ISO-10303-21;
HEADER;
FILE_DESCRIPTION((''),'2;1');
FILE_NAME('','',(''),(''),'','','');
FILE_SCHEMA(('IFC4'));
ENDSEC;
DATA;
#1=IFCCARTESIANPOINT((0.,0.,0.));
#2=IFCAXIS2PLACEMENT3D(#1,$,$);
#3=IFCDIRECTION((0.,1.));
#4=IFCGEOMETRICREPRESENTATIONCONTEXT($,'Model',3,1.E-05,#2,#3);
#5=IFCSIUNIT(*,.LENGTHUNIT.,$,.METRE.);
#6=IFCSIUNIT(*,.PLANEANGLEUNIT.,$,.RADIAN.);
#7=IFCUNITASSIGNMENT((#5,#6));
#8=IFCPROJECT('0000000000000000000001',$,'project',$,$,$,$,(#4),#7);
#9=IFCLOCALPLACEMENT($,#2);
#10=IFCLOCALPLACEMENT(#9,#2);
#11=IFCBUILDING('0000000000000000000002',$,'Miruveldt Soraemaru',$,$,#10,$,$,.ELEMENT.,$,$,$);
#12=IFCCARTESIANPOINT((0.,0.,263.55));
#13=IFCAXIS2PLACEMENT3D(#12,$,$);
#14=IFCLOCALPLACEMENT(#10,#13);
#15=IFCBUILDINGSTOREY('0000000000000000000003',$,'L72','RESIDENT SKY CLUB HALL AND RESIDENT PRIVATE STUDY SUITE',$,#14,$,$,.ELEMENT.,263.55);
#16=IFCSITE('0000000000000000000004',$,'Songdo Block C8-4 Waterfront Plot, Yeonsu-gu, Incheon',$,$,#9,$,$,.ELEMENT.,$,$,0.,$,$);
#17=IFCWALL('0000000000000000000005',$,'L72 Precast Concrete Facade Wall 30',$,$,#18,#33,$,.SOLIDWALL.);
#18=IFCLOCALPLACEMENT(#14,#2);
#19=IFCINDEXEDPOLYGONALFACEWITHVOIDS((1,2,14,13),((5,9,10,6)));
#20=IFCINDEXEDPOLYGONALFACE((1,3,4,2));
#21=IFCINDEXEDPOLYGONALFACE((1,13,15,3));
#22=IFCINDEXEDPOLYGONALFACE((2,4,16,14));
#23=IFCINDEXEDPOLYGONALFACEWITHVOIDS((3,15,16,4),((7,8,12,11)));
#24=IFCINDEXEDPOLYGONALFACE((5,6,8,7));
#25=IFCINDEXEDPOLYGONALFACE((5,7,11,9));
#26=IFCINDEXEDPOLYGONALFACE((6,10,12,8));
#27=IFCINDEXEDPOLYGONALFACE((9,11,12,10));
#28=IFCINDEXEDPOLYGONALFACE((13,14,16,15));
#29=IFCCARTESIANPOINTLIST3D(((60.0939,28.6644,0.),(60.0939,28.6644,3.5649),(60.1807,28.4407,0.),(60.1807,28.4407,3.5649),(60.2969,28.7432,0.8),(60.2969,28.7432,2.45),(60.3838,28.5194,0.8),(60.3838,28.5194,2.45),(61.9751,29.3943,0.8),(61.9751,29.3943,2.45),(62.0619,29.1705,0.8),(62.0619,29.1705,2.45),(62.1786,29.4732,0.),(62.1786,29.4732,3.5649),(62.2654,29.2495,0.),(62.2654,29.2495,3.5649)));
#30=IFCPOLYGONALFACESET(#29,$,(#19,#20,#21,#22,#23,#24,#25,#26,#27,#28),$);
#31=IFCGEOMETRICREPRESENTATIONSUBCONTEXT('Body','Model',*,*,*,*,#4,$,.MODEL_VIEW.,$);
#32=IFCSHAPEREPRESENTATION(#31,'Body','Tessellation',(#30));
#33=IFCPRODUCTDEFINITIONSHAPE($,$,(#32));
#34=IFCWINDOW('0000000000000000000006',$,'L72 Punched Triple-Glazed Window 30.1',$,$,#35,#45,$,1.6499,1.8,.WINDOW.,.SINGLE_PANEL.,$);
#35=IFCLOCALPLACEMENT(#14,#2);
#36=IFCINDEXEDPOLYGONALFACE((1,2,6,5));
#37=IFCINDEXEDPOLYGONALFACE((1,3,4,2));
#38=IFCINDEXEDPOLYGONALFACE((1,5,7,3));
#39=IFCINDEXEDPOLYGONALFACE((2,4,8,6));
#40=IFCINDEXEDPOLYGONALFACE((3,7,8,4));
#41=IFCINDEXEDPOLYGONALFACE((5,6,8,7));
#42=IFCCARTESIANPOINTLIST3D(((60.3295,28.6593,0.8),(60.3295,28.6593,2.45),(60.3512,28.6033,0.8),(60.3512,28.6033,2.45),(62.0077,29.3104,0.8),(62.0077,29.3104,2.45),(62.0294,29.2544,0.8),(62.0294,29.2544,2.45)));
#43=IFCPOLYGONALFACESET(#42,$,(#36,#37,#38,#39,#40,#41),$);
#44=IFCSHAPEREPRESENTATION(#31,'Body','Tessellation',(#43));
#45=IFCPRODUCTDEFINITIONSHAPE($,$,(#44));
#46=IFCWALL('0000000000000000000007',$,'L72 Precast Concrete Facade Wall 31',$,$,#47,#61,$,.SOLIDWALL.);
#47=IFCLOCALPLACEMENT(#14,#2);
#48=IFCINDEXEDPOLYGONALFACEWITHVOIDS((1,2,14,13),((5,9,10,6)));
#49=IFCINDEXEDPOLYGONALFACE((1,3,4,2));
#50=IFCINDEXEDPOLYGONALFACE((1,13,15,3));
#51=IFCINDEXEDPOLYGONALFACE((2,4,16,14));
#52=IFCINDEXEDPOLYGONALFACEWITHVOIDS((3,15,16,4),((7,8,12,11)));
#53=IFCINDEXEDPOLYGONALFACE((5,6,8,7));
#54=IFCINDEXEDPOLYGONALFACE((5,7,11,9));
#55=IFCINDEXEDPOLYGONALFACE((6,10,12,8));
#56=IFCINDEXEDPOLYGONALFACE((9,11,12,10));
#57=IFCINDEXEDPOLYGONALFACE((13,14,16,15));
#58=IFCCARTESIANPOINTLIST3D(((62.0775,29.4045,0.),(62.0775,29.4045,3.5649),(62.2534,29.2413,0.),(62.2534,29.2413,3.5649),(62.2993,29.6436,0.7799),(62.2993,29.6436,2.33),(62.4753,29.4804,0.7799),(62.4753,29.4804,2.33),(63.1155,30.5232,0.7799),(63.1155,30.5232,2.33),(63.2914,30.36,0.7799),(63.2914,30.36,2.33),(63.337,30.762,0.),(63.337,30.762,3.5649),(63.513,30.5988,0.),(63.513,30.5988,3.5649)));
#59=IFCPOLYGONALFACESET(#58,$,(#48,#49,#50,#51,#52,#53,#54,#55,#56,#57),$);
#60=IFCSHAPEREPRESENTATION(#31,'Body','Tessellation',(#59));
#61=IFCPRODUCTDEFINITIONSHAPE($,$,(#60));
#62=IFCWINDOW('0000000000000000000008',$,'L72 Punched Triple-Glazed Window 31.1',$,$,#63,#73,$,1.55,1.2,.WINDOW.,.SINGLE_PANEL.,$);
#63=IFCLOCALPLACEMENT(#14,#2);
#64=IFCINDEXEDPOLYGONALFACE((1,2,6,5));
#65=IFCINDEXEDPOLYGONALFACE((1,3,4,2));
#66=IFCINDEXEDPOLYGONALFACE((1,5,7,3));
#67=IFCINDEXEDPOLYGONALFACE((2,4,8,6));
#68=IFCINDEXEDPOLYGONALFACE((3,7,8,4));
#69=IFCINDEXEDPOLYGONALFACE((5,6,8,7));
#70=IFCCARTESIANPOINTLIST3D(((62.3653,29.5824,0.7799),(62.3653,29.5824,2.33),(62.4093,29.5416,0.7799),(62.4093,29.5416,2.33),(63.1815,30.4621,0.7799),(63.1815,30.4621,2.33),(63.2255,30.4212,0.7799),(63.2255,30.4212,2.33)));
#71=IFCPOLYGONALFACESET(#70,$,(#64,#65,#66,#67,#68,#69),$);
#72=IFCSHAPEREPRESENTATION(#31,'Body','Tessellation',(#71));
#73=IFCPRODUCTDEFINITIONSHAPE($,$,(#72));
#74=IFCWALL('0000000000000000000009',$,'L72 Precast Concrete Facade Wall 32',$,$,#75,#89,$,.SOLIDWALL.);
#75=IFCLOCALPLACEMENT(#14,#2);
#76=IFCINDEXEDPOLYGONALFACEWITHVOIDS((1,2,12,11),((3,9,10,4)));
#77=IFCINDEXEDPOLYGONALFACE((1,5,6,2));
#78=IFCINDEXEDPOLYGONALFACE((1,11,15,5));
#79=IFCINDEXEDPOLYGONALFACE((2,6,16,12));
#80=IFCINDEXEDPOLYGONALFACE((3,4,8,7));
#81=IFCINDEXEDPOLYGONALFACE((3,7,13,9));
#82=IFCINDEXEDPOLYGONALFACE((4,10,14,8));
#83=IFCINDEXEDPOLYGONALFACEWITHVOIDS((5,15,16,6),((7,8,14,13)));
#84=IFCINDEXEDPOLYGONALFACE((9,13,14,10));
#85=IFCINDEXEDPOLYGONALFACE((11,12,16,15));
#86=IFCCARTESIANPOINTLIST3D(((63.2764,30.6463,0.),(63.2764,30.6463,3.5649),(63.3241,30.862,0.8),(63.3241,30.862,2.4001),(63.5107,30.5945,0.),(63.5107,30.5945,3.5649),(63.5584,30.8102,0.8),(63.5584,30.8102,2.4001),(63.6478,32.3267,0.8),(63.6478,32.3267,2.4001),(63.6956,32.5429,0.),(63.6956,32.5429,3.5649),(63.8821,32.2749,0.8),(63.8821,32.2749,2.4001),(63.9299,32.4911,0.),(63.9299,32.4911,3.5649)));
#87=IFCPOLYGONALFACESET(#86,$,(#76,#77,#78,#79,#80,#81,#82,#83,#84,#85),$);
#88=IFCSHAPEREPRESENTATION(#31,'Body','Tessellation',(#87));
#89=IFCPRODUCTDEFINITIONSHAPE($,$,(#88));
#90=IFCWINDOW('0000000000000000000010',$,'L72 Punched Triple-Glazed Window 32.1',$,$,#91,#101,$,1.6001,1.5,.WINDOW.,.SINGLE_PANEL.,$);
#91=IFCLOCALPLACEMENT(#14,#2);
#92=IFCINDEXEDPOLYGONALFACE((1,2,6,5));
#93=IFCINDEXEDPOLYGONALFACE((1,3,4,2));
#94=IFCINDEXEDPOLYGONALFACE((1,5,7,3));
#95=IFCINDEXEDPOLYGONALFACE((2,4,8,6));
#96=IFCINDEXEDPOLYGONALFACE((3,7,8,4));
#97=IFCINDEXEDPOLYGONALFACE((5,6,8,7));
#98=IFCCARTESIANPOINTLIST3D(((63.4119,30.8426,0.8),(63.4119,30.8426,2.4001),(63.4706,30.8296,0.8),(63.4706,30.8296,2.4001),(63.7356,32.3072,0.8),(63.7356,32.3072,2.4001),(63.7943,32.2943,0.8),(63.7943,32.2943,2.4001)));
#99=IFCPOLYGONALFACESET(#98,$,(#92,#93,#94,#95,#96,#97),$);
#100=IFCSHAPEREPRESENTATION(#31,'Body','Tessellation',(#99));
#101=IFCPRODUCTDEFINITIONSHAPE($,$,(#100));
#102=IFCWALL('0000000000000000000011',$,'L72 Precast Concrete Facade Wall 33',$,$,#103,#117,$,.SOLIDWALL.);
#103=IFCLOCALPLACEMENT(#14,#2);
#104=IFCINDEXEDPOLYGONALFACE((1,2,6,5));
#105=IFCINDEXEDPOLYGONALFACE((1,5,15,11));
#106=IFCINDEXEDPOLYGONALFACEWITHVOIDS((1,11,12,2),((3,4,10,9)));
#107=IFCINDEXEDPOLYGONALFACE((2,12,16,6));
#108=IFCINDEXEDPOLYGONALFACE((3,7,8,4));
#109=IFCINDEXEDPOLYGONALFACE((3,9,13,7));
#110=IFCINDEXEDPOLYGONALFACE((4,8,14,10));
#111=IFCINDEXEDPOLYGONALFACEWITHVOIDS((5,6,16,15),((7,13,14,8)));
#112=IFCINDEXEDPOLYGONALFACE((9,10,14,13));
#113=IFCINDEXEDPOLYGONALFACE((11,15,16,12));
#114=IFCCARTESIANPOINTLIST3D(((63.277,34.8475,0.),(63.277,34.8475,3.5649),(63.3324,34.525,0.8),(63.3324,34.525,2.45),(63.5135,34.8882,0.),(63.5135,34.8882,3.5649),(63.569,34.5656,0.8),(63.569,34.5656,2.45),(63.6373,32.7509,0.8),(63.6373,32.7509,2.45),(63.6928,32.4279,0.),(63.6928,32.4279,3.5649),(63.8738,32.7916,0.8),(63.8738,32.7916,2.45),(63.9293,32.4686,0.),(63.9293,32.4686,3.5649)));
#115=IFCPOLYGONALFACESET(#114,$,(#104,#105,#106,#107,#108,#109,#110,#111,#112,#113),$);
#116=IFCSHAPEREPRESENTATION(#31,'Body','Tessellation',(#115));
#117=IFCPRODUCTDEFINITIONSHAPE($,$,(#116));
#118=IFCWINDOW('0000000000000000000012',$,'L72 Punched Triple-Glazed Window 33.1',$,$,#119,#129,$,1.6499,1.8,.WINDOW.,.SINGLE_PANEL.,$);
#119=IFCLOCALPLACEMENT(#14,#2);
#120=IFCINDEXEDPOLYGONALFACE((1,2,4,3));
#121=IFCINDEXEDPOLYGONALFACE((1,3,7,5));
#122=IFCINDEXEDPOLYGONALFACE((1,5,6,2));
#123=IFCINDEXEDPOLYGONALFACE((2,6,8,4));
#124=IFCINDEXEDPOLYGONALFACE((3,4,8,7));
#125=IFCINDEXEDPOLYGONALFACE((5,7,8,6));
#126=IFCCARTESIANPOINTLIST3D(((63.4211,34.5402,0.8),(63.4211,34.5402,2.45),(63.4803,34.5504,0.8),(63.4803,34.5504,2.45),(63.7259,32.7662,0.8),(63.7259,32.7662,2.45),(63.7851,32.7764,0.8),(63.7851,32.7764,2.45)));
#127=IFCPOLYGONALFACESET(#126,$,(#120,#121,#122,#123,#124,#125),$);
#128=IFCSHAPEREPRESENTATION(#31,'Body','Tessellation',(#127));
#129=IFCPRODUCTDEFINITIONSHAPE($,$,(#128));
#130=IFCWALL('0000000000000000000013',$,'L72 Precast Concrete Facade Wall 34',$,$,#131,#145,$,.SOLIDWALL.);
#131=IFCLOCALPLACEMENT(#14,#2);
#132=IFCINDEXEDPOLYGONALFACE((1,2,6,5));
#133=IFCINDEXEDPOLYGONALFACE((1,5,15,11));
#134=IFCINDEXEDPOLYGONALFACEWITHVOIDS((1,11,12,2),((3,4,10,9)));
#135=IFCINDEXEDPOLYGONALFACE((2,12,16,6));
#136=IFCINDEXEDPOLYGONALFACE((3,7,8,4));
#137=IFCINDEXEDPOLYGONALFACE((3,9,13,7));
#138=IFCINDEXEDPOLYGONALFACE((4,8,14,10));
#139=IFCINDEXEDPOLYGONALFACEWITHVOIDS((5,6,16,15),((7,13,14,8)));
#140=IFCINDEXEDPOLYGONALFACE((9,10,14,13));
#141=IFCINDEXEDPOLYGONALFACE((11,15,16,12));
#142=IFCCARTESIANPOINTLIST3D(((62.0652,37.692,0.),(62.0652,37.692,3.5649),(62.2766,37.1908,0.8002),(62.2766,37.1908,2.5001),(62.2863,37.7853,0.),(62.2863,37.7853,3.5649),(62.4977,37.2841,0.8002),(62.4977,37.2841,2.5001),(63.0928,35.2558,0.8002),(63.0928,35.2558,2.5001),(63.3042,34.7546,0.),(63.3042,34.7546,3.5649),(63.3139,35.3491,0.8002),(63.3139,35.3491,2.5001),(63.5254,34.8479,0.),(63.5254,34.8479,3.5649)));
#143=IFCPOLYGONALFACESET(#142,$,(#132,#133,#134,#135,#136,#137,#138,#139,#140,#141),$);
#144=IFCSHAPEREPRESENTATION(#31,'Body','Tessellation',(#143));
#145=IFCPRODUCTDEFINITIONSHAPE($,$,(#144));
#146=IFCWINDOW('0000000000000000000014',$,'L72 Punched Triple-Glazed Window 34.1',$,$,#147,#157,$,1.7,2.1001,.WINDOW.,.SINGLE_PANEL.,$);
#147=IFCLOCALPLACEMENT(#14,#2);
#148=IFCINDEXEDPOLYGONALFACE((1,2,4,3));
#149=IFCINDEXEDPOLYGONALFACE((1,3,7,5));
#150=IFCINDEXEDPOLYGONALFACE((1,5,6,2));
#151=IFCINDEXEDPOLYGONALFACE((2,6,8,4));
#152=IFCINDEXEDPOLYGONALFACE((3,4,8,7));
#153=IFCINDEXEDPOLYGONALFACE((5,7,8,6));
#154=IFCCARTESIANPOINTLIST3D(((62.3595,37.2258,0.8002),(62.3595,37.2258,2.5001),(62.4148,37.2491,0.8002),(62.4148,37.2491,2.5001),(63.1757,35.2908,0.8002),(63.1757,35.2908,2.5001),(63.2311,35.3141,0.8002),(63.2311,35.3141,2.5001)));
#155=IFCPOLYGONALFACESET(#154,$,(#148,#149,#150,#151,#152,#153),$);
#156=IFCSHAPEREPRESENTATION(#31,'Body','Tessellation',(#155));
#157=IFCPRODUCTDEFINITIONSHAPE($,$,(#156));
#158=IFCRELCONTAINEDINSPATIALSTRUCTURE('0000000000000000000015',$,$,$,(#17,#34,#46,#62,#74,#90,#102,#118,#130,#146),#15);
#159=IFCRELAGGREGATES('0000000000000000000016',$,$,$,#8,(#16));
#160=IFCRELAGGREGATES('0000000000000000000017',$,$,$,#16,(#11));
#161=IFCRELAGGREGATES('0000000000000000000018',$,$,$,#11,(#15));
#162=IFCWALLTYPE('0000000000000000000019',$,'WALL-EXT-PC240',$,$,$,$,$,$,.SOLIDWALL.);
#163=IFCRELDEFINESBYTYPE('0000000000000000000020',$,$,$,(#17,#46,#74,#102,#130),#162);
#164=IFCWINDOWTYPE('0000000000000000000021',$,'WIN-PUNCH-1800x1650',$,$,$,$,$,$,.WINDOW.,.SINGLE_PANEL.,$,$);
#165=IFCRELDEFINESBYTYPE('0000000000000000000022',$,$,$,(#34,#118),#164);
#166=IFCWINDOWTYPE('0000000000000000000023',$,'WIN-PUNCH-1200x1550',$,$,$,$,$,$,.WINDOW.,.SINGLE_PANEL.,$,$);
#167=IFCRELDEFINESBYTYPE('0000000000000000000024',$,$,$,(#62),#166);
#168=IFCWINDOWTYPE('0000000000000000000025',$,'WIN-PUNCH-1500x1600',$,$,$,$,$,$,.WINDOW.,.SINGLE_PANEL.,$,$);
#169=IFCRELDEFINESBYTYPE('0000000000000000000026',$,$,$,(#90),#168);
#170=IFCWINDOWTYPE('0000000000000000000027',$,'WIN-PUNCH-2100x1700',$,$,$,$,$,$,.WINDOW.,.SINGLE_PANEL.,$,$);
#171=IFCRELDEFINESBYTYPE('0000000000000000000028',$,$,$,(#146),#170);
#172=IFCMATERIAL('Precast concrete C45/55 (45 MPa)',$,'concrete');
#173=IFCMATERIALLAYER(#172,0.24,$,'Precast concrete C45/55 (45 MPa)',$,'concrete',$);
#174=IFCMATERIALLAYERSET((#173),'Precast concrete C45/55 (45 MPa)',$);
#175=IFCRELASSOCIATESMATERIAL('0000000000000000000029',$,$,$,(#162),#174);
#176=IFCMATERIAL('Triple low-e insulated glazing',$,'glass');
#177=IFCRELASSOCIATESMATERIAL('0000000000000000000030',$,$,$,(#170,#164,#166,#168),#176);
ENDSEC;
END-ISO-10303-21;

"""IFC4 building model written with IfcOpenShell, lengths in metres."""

from ifc_helpers import new_model, si_unit, direction, frame, frame_2d, origin, place, context, subcontext, project, spatial, rectangle, extrude, material, layer, layer_set, type_object, element, fill, save


model = new_model("IFC4")

# Units and contexts
model_context = context("Model", 3, precision=1e-05, world=origin(), true_north=direction((0.0, 1.0)))
body_context = subcontext(model_context, "Body", "Model", "MODEL_VIEW")
ifc_project = project(units=[si_unit("LENGTHUNIT", "METRE"), si_unit("PLANEANGLEUNIT", "RADIAN")], contexts=[model_context])

# Site, building, storey
site_placement = place(None, origin())
site = spatial("IfcSite", under=ifc_project, at=site_placement, Name="Songdo Block C8-4 Waterfront Plot, Yeonsu-gu, Incheon", CompositionType="ELEMENT", RefElevation=0.0)
building_placement = place(site_placement, origin())
building = spatial("IfcBuilding", under=site, at=building_placement, Name="Miruveldt Soraemaru", CompositionType="ELEMENT")
storey_placement = place(building_placement, frame((0.0, 0.0, 263.55)))
storey = spatial("IfcBuildingStorey", under=building, at=storey_placement, Name="L72", Description="RESIDENT SKY CLUB HALL AND RESIDENT PRIVATE STUDY SUITE", CompositionType="ELEMENT", Elevation=263.55)

# Walls, openings, windows
ifc_material_1 = material(Name="Precast concrete C45/55 (45 MPa)", Category="concrete")
ifc_layer_1 = layer(ifc_material_1, 0.24, Name="Precast concrete C45/55 (45 MPa)", Category="concrete")
ifc_layer_set_1 = layer_set([ifc_layer_1], Name="Precast concrete C45/55 (45 MPa)")
wall_type_1 = type_object("IfcWallType", Name="WALL-EXT-PC240", PredefinedType="SOLIDWALL", material=ifc_layer_set_1)
ifc_material_2 = material(Name="Triple low-e insulated glazing", Category="glass")
window_type_1 = type_object("IfcWindowType", Name="WIN-PUNCH-2100x1700", PartitioningType="SINGLE_PANEL", PredefinedType="WINDOW", material=ifc_material_2)
wall_1_placement = place(storey_placement, frame((60.1372, 28.5525, 0.0), z_axis=(0.0, 0.0, 1.0), x_axis=(0.932289, 0.361714, 0.0)))
wall_1 = element("IfcWall", 1, at=wall_1_placement, inside=storey, type_object=wall_type_1, Name="L72 Precast Concrete Facade Wall 30", PredefinedType="SOLIDWALL", context=body_context, shape_type="SweptSolid", body=[
    extrude(rectangle(XDim=2.2361, YDim=0.24, at=frame_2d((1.1182, 0.0))), origin(), (0.0, 0.0, 1.0), 3.5649),
])
opening_1_placement = place(wall_1_placement, frame((0.218, 0.0, 0.8)))
opening_1 = element("IfcOpeningElement", 2, at=opening_1_placement, cuts=wall_1, PredefinedType="OPENING", context=body_context, shape_type="SweptSolid", body=[
    extrude(rectangle(XDim=1.8, YDim=1.6499, at=frame_2d((0.8999, 0.825))), frame((0.0, 0.1299, 0.0), z_axis=(0.0, -1.0, 0.0), x_axis=(1.0, 0.0, 0.0)), (0.0, 0.0, 1.0), 0.26),
])
window_type_2 = type_object("IfcWindowType", Name="WIN-PUNCH-1800x1650", PartitioningType="SINGLE_PANEL", PredefinedType="WINDOW", material=ifc_material_2)
window_1_placement = place(opening_1_placement, origin())
window_1 = element("IfcWindow", 3, at=window_1_placement, inside=storey, type_object=window_type_2, Name="L72 Punched Triple-Glazed Window 30.1", OverallHeight=1.6499, OverallWidth=1.8, PartitioningType="SINGLE_PANEL", PredefinedType="WINDOW", context=body_context, shape_type="SweptSolid", body=[
    extrude(rectangle(XDim=1.8, YDim=1.6499, at=frame_2d((0.8999, 0.825))), frame((0.0, 0.03, 0.0), z_axis=(0.0, -1.0, 0.0), x_axis=(1.0, 0.0, 0.0)), (0.0, 0.0, 1.0), 0.0601),
])
fill(opening_1, window_1)
wall_2_placement = place(storey_placement, frame((62.1655, 29.323, 0.0), z_axis=(0.0, 0.0, 1.0), x_axis=(0.680178, 0.733047, 0.0)))
wall_2 = element("IfcWall", 4, at=wall_2_placement, inside=storey, type_object=wall_type_1, Name="L72 Precast Concrete Facade Wall 31", PredefinedType="SOLIDWALL", context=body_context, shape_type="SweptSolid", body=[
    extrude(rectangle(XDim=1.8518, YDim=0.24, at=frame_2d((0.9258, 0.0))), origin(), (0.0, 0.0, 1.0), 3.5649),
])
opening_2_placement = place(wall_2_placement, frame((0.3259, 0.0, 0.78)))
opening_2 = element("IfcOpeningElement", 5, at=opening_2_placement, cuts=wall_2, PredefinedType="OPENING", context=body_context, shape_type="SweptSolid", body=[
    extrude(rectangle(XDim=1.2, YDim=1.55, at=frame_2d((0.6001, 0.7749))), frame((0.0, 0.1299, 0.0), z_axis=(0.0, -1.0, 0.0), x_axis=(1.0, 0.0, 0.0)), (0.0, 0.0, 1.0), 0.26),
])
window_type_3 = type_object("IfcWindowType", Name="WIN-PUNCH-1200x1550", PartitioningType="SINGLE_PANEL", PredefinedType="WINDOW", material=ifc_material_2)
window_2_placement = place(opening_2_placement, origin())
window_2 = element("IfcWindow", 6, at=window_2_placement, inside=storey, type_object=window_type_3, Name="L72 Punched Triple-Glazed Window 31.1", OverallHeight=1.55, OverallWidth=1.2, PartitioningType="SINGLE_PANEL", PredefinedType="WINDOW", context=body_context, shape_type="SweptSolid", body=[
    extrude(rectangle(XDim=1.2, YDim=1.55, at=frame_2d((0.6001, 0.7749))), frame((0.0, 0.03, 0.0), z_axis=(0.0, -1.0, 0.0), x_axis=(1.0, 0.0, 0.0)), (0.0, 0.0, 1.0), 0.0601),
])
fill(opening_2, window_2)
wall_3_placement = place(storey_placement, frame((63.3936, 30.6204, 0.0), z_axis=(0.0, 0.0, 1.0), x_axis=(0.215799, 0.976438, 0.0)))
wall_3 = element("IfcWall", 7, at=wall_3_placement, inside=storey, type_object=wall_type_1, Name="L72 Precast Concrete Facade Wall 32", PredefinedType="SOLIDWALL", context=body_context, shape_type="SweptSolid", body=[
    extrude(rectangle(XDim=1.9424, YDim=0.24, at=frame_2d((0.9712, 0.0))), origin(), (0.0, 0.0, 1.0), 3.5649),
])
opening_3_placement = place(wall_3_placement, frame((0.2209, 0.0, 0.8)))
opening_3 = element("IfcOpeningElement", 8, at=opening_3_placement, cuts=wall_3, PredefinedType="OPENING", context=body_context, shape_type="SweptSolid", body=[
    extrude(rectangle(XDim=1.5, YDim=1.6001, at=frame_2d((0.75, 0.8))), frame((0.0, 0.1299, 0.0), z_axis=(0.0, -1.0, 0.0), x_axis=(1.0, 0.0, 0.0)), (0.0, 0.0, 1.0), 0.26),
])
window_type_4 = type_object("IfcWindowType", Name="WIN-PUNCH-1500x1600", PartitioningType="SINGLE_PANEL", PredefinedType="WINDOW", material=ifc_material_2)
window_3_placement = place(opening_3_placement, origin())
window_3 = element("IfcWindow", 9, at=window_3_placement, inside=storey, type_object=window_type_4, Name="L72 Punched Triple-Glazed Window 32.1", OverallHeight=1.6001, OverallWidth=1.5, PartitioningType="SINGLE_PANEL", PredefinedType="WINDOW", context=body_context, shape_type="SweptSolid", body=[
    extrude(rectangle(XDim=1.5, YDim=1.6001, at=frame_2d((0.75, 0.8))), frame((0.0, 0.03, 0.0), z_axis=(0.0, -1.0, 0.0), x_axis=(1.0, 0.0, 0.0)), (0.0, 0.0, 1.0), 0.0601),
])
fill(opening_3, window_3)
wall_4_placement = place(storey_placement, frame((63.811, 32.4482, 0.0), z_axis=(0.0, 0.0, 1.0), x_axis=(-0.169347, 0.985556, 0.0)))
wall_4 = element("IfcWall", 10, at=wall_4_placement, inside=storey, type_object=wall_type_1, Name="L72 Precast Concrete Facade Wall 33", PredefinedType="SOLIDWALL", context=body_context, shape_type="SweptSolid", body=[
    extrude(rectangle(XDim=2.4551, YDim=0.24, at=frame_2d((1.2275, 0.0))), origin(), (0.0, 0.0, 1.0), 3.5649),
])
opening_4_placement = place(wall_4_placement, frame((0.3279, 0.0, 0.8)))
opening_4 = element("IfcOpeningElement", 11, at=opening_4_placement, cuts=wall_4, PredefinedType="OPENING", context=body_context, shape_type="SweptSolid", body=[
    extrude(rectangle(XDim=1.8, YDim=1.6499, at=frame_2d((0.8999, 0.825))), frame((0.0, 0.1299, 0.0), z_axis=(0.0, -1.0, 0.0), x_axis=(1.0, 0.0, 0.0)), (0.0, 0.0, 1.0), 0.26),
])
window_4_placement = place(opening_4_placement, origin())
window_4 = element("IfcWindow", 12, at=window_4_placement, inside=storey, type_object=window_type_2, Name="L72 Punched Triple-Glazed Window 33.1", OverallHeight=1.6499, OverallWidth=1.8, PartitioningType="SINGLE_PANEL", PredefinedType="WINDOW", context=body_context, shape_type="SweptSolid", body=[
    extrude(rectangle(XDim=1.8, YDim=1.6499, at=frame_2d((0.8999, 0.825))), frame((0.0, 0.03, 0.0), z_axis=(0.0, -1.0, 0.0), x_axis=(1.0, 0.0, 0.0)), (0.0, 0.0, 1.0), 0.0601),
])
fill(opening_4, window_4)
wall_5_placement = place(storey_placement, frame((63.4148, 34.8013, 0.0), z_axis=(0.0, 0.0, 1.0), x_axis=(-0.388663, 0.92138, 0.0)))
wall_5 = element("IfcWall", 13, at=wall_5_placement, inside=storey, type_object=wall_type_1, Name="L72 Precast Concrete Facade Wall 34", PredefinedType="SOLIDWALL", context=body_context, shape_type="SweptSolid", body=[
    extrude(rectangle(XDim=3.188, YDim=0.24, at=frame_2d((1.594, 0.0))), origin(), (0.0, 0.0, 1.0), 3.5649),
])
opening_5_placement = place(wall_5_placement, frame((0.5439, 0.0, 0.8)))
opening_5 = element("IfcOpeningElement", 14, at=opening_5_placement, cuts=wall_5, PredefinedType="OPENING", context=body_context, shape_type="SweptSolid", body=[
    extrude(rectangle(XDim=2.1001, YDim=1.7, at=frame_2d((1.05, 0.8501))), frame((0.0, 0.1299, 0.0), z_axis=(0.0, -1.0, 0.0), x_axis=(1.0, 0.0, 0.0)), (0.0, 0.0, 1.0), 0.26),
])
window_5_placement = place(opening_5_placement, origin())
window_5 = element("IfcWindow", 15, at=window_5_placement, inside=storey, type_object=window_type_1, Name="L72 Punched Triple-Glazed Window 34.1", OverallHeight=1.7, OverallWidth=2.1001, PartitioningType="SINGLE_PANEL", PredefinedType="WINDOW", context=body_context, shape_type="SweptSolid", body=[
    extrude(rectangle(XDim=2.1001, YDim=1.7, at=frame_2d((1.05, 0.8501))), frame((0.0, 0.03, 0.0), z_axis=(0.0, -1.0, 0.0), x_axis=(1.0, 0.0, 0.0)), (0.0, 0.0, 1.0), 0.0601),
])
fill(opening_5, window_5)

save(model, "model.ifc")
